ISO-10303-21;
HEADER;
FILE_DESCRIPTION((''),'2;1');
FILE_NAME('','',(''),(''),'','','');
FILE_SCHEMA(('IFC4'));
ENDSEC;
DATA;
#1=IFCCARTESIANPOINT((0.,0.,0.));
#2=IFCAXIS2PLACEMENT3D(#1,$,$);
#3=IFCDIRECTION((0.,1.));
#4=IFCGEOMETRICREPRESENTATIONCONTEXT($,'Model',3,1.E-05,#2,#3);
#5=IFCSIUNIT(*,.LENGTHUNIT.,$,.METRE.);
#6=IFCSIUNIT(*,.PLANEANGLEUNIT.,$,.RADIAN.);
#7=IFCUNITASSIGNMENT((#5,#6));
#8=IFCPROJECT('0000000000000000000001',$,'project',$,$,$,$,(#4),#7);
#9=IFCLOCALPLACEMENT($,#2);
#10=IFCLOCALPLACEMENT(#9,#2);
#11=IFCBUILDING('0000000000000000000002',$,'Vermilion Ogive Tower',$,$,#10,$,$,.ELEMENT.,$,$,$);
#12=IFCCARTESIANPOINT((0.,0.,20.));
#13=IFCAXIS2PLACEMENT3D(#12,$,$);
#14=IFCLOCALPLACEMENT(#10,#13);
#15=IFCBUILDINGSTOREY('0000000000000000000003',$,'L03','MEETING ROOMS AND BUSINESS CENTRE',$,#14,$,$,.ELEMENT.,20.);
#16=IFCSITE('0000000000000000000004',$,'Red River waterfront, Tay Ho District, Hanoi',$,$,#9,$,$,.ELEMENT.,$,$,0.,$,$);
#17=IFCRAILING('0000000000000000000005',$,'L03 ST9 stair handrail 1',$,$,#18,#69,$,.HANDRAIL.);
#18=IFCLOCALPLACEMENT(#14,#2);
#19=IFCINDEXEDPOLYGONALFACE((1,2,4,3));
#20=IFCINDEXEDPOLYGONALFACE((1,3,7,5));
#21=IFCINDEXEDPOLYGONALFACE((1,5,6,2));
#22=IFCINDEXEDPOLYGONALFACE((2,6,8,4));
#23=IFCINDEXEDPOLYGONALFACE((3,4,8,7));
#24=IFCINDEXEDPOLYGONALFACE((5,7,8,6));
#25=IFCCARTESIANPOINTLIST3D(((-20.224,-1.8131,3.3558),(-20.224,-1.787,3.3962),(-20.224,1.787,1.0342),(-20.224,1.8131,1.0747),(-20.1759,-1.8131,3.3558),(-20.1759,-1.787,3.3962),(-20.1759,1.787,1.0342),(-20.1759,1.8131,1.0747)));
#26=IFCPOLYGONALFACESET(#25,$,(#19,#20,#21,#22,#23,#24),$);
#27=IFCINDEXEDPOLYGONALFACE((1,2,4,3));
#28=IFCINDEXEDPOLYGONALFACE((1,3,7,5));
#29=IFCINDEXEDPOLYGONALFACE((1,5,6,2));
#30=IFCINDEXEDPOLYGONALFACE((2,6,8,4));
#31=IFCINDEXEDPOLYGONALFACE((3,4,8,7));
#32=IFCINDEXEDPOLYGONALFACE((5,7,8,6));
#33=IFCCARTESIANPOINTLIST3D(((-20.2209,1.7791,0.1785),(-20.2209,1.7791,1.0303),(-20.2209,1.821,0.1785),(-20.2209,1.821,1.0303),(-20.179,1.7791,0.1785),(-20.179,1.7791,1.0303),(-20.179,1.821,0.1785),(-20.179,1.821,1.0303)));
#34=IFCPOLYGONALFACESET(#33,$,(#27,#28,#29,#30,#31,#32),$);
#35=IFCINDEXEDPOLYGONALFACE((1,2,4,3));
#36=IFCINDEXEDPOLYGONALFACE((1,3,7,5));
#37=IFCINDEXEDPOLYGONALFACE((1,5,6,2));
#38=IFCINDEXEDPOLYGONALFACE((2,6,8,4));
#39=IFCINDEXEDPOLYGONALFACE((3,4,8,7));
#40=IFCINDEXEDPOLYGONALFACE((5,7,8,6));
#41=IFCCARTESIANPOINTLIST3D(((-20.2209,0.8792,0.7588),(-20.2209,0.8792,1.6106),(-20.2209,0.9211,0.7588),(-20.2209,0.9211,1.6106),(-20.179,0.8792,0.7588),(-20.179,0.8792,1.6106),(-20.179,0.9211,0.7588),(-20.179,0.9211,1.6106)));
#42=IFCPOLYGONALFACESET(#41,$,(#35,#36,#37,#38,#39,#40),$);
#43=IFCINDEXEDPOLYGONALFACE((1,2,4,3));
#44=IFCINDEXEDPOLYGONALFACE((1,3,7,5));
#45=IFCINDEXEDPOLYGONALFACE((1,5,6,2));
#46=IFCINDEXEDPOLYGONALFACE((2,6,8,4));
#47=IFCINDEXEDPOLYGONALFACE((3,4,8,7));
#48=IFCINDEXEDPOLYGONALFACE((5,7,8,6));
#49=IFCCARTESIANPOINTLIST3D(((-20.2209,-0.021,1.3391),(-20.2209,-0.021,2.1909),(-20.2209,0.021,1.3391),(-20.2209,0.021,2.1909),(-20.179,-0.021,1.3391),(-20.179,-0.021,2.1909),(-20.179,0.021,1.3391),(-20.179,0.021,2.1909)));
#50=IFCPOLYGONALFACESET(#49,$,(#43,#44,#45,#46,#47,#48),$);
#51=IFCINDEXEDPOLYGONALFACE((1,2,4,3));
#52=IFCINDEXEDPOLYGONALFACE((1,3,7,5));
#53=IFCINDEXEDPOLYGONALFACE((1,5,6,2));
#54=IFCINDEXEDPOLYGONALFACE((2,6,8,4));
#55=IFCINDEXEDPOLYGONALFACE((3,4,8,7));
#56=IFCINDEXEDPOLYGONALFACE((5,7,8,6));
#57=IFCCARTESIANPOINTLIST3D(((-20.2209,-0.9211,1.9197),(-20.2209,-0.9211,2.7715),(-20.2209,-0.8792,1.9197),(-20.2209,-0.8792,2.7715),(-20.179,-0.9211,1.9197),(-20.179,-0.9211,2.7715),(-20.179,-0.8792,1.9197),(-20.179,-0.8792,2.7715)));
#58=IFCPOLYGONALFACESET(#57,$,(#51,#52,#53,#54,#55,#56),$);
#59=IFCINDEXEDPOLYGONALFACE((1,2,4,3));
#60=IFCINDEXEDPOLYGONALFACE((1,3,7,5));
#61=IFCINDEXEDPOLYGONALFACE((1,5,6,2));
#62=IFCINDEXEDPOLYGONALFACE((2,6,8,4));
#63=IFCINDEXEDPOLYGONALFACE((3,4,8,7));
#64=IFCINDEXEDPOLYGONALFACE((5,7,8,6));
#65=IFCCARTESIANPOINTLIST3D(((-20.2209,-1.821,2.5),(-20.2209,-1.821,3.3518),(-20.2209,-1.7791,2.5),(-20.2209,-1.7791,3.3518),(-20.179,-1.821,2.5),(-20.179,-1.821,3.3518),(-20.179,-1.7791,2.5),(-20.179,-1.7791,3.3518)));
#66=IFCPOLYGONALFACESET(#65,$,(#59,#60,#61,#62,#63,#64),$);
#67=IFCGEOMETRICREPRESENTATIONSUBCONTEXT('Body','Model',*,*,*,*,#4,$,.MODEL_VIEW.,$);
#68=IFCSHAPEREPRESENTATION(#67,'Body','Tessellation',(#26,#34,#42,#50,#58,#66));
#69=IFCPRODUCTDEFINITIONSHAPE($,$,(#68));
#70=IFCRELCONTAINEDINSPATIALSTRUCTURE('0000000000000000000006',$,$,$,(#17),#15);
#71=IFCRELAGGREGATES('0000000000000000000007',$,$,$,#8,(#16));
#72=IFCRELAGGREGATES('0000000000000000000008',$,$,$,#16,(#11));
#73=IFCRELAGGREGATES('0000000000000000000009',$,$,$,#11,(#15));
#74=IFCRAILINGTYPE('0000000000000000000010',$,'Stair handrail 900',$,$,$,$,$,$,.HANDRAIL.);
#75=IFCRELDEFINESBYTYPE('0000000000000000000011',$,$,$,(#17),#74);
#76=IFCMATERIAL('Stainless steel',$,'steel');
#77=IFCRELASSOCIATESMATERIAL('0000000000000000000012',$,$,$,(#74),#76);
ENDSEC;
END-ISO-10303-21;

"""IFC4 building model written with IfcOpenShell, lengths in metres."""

from ifc_helpers import new_model, si_unit, direction, frame, origin, origin_2d, place, context, subcontext, project, spatial, rectangle, extrude, material, type_object, element, save


model = new_model("IFC4")

# Units and contexts
model_context = context("Model", 3, precision=1e-05, world=origin(), true_north=direction((0.0, 1.0)))
body_context = subcontext(model_context, "Body", "Model", "MODEL_VIEW")
ifc_project = project(units=[si_unit("LENGTHUNIT", "METRE"), si_unit("PLANEANGLEUNIT", "RADIAN")], contexts=[model_context])

# Site, building, storey
site_placement = place(None, origin())
site = spatial("IfcSite", under=ifc_project, at=site_placement, Name="Red River waterfront, Tay Ho District, Hanoi", CompositionType="ELEMENT", RefElevation=0.0)
building_placement = place(site_placement, origin())
building = spatial("IfcBuilding", under=site, at=building_placement, Name="Vermilion Ogive Tower", CompositionType="ELEMENT")
storey_placement = place(building_placement, frame((0.0, 0.0, 20.0)))
storey = spatial("IfcBuildingStorey", under=building, at=storey_placement, Name="L03", Description="MEETING ROOMS AND BUSINESS CENTRE", CompositionType="ELEMENT", Elevation=20.0)

# Railing
ifc_material_1 = material(Name="Stainless steel", Category="steel")
railing_type_1 = type_object("IfcRailingType", Name="Stair handrail 900", PredefinedType="HANDRAIL", material=ifc_material_1)
railing_1_placement = place(storey_placement, frame((-20.2, 1.8, 0.1785)))
element("IfcRailing", 1, at=railing_1_placement, inside=storey, type_object=railing_type_1, Name="L03 ST9 stair handrail 1", PredefinedType="HANDRAIL", context=body_context, shape_type="SweptSolid", body=[
    extrude(rectangle(XDim=0.0481, YDim=0.0481, at=origin_2d()), frame((0.0, 0.0, 0.876), z_axis=(0.0, -0.840415, 0.541944), x_axis=(1.0, 0.0, 0.0)), (0.0, 0.0, 1.0), 4.2837),
    extrude(rectangle(XDim=0.042, YDim=0.042, at=origin_2d()), origin(), (0.0, 0.0, 1.0), 0.8518),
    extrude(rectangle(XDim=0.042, YDim=0.042, at=origin_2d()), frame((0.0, -0.8999, 0.5803)), (0.0, 0.0, 1.0), 0.8518),
    extrude(rectangle(XDim=0.042, YDim=0.042, at=origin_2d()), frame((0.0, -1.8, 1.1606)), (0.0, 0.0, 1.0), 0.8518),
    extrude(rectangle(XDim=0.042, YDim=0.042, at=origin_2d()), frame((0.0, -2.7002, 1.7412)), (0.0, 0.0, 1.0), 0.8518),
    extrude(rectangle(XDim=0.042, YDim=0.042, at=origin_2d()), frame((0.0, -3.6001, 2.3215)), (0.0, 0.0, 1.0), 0.8518),
])

save(model, "model.ifc")
